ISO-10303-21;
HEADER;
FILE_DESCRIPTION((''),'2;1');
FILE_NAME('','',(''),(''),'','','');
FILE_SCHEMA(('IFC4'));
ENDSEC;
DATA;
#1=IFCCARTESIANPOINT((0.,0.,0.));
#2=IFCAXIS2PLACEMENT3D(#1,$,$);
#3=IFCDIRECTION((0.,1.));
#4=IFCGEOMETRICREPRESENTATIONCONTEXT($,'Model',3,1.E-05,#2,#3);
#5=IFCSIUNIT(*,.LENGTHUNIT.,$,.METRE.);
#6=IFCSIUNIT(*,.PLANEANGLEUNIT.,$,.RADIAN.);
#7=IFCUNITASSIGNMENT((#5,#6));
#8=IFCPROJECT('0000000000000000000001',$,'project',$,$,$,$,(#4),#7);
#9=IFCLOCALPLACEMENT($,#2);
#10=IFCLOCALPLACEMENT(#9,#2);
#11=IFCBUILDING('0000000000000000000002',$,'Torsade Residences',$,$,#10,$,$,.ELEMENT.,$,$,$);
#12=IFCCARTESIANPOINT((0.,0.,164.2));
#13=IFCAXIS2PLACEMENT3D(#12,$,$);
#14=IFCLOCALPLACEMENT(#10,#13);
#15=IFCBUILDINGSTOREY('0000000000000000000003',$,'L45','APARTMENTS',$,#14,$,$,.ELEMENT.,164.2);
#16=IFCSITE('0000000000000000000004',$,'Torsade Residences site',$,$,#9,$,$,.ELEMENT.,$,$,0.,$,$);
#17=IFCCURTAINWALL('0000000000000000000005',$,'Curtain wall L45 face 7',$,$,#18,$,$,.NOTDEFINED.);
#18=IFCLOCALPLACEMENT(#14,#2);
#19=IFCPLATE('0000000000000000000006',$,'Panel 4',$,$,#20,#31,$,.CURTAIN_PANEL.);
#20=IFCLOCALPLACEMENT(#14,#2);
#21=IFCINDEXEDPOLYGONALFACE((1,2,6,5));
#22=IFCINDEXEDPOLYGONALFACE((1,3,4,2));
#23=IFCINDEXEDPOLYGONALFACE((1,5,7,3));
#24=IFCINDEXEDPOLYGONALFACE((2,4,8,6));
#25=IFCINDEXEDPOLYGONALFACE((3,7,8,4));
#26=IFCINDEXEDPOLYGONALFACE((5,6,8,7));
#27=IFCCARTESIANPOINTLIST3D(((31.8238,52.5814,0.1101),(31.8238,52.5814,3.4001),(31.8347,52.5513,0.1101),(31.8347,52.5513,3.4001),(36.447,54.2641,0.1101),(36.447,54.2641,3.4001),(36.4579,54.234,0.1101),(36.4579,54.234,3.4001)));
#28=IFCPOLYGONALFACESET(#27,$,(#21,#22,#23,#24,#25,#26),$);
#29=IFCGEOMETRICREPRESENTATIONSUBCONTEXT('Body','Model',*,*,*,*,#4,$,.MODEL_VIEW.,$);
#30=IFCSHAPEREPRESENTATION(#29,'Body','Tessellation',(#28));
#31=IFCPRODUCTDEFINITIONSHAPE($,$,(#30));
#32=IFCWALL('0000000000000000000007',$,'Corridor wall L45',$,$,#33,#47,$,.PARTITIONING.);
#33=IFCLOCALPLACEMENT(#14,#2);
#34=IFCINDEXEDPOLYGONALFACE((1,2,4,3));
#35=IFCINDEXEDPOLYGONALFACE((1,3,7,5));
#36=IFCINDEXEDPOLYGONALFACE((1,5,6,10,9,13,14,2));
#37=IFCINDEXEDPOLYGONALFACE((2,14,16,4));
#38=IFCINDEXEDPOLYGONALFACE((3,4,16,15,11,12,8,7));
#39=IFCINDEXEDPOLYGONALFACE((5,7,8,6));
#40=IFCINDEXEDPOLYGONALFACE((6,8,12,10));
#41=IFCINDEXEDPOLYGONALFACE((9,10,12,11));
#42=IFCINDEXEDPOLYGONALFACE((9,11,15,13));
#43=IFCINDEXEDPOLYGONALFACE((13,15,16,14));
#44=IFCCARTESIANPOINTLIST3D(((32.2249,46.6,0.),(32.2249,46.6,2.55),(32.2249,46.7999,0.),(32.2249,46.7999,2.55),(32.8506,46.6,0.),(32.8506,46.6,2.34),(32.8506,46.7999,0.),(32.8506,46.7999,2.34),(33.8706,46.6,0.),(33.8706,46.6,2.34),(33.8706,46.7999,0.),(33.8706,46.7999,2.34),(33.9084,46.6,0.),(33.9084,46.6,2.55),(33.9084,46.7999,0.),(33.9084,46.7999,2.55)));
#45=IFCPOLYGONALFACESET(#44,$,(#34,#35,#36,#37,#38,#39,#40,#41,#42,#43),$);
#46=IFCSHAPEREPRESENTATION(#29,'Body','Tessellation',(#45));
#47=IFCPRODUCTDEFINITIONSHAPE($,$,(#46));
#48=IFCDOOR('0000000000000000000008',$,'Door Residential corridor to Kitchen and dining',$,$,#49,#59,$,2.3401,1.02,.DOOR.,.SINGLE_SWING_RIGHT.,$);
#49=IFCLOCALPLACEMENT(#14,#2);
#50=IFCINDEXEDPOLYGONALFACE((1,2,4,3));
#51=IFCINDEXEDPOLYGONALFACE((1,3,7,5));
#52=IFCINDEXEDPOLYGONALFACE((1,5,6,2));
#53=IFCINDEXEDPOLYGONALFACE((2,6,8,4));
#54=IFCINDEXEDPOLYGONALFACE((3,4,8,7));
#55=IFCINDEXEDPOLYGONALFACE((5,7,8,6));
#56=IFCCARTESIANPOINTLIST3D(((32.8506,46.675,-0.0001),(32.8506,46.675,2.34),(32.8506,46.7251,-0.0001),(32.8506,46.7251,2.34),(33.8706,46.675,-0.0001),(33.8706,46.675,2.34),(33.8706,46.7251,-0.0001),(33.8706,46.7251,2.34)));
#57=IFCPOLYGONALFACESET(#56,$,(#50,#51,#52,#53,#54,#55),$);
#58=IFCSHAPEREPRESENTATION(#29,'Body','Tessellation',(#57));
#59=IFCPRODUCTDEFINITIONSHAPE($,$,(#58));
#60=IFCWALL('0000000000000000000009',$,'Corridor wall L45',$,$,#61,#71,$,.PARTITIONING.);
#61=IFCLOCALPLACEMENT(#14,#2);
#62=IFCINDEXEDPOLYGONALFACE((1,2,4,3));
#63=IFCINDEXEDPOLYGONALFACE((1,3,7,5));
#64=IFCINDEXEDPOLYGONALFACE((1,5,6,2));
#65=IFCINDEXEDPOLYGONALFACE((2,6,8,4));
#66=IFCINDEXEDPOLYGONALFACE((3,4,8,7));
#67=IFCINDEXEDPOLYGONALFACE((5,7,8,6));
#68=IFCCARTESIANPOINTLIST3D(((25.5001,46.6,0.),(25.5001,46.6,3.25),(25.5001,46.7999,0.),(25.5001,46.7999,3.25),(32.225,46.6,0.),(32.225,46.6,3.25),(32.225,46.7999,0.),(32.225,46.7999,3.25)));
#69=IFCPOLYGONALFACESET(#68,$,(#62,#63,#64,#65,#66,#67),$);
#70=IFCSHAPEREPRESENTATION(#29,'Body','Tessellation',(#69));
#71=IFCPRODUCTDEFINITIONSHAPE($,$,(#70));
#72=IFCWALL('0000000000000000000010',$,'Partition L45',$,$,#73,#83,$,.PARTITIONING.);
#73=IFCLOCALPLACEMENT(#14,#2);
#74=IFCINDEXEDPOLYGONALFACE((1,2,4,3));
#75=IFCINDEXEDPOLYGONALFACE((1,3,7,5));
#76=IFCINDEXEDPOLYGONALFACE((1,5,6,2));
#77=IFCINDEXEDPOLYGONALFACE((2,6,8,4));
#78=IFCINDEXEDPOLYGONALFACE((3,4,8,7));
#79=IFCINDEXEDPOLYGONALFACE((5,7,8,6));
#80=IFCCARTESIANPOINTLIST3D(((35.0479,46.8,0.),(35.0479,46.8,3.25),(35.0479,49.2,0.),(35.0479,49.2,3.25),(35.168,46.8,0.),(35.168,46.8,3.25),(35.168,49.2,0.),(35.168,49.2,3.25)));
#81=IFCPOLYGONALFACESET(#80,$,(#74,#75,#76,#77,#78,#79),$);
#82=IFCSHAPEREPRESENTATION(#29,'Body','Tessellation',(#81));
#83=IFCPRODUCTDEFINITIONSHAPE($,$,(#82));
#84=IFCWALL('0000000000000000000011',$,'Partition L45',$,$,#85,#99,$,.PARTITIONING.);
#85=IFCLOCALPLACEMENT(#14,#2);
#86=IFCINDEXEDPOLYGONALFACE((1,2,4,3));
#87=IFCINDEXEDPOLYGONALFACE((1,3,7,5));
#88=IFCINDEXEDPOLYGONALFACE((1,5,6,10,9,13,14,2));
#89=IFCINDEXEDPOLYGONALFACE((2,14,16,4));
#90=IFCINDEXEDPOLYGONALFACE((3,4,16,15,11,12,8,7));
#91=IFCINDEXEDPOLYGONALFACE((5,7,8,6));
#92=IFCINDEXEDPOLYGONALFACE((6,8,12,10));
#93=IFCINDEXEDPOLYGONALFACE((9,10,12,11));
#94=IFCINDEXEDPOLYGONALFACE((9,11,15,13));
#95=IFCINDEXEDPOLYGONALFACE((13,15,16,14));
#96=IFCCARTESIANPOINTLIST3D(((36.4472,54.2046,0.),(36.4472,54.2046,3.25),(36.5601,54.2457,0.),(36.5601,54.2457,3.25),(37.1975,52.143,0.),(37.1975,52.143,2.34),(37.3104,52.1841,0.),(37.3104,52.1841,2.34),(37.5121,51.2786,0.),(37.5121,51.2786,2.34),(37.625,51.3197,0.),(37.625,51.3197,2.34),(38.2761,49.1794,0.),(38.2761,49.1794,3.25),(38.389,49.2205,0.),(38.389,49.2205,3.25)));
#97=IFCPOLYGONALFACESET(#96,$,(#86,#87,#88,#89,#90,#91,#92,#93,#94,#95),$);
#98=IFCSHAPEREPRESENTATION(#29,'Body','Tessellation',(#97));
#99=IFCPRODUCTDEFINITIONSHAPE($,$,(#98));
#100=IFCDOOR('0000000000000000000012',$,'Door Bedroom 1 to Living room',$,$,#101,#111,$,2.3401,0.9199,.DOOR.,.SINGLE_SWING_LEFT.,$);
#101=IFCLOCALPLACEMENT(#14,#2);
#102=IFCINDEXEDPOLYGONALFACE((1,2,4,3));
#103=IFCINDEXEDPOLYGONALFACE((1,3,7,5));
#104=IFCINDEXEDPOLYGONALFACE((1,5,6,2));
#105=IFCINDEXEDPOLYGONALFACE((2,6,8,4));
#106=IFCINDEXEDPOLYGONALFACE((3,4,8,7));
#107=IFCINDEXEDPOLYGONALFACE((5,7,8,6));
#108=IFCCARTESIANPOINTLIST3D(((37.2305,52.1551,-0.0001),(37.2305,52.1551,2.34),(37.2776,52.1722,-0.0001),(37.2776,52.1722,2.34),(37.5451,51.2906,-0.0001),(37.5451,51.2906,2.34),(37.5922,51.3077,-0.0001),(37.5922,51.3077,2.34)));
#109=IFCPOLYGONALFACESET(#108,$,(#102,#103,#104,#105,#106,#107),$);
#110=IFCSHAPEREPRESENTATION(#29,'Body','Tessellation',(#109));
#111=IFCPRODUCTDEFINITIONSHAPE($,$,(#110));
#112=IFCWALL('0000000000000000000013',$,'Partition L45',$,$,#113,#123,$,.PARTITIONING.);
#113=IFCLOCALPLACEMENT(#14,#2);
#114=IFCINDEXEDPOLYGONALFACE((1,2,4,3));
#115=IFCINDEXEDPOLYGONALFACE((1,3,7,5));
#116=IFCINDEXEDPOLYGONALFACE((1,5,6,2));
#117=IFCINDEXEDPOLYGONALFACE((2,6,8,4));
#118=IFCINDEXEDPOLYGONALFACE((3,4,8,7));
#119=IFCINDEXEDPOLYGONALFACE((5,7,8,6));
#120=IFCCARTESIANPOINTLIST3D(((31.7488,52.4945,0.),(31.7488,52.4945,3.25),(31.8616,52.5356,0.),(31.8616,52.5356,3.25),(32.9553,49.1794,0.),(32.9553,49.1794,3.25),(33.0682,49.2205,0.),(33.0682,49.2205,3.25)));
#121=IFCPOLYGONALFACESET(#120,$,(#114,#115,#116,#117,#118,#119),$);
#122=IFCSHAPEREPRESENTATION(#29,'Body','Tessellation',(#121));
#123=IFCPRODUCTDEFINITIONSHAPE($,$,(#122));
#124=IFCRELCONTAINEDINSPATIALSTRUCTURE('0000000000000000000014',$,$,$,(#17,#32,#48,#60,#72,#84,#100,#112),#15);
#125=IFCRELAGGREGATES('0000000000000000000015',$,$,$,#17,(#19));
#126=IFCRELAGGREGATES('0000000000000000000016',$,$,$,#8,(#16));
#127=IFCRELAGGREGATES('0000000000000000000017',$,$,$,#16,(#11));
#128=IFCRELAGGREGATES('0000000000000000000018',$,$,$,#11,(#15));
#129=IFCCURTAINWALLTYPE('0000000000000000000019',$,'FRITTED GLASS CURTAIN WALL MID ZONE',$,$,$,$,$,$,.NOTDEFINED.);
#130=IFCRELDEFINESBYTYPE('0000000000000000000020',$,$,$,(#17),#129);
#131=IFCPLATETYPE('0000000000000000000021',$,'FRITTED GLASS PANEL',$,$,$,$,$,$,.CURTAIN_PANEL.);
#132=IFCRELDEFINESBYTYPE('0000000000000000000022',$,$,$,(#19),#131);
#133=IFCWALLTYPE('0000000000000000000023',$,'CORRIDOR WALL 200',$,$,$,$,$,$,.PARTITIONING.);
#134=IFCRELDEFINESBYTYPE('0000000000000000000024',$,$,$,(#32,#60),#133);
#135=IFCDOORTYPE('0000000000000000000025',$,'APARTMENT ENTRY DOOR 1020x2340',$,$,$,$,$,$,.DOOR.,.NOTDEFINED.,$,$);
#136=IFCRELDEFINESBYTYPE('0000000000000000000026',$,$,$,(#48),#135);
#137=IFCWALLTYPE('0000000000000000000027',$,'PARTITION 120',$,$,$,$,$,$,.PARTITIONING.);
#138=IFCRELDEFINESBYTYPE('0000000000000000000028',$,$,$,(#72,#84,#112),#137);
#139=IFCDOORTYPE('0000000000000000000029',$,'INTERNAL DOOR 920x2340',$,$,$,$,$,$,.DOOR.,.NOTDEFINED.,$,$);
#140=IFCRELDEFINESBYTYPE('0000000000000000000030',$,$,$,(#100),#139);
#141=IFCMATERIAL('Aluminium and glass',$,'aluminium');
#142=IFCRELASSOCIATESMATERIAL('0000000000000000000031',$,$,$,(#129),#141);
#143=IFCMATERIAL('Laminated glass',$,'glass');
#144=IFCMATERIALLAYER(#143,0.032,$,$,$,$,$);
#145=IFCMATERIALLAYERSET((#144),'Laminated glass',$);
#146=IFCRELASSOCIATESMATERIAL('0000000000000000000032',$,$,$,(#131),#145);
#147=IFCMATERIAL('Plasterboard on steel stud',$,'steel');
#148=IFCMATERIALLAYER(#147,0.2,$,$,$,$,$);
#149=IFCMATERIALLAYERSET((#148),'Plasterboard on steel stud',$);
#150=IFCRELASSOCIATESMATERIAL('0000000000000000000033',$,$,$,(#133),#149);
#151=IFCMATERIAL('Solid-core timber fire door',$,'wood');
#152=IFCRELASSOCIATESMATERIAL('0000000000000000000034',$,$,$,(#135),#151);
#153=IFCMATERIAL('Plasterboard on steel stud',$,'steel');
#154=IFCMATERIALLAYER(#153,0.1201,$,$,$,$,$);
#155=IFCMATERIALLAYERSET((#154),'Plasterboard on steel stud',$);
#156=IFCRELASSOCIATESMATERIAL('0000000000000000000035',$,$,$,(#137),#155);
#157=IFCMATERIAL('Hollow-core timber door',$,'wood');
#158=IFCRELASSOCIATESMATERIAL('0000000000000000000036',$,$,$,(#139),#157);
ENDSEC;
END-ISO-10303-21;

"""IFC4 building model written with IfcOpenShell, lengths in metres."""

from ifc_helpers import new_model, si_unit, direction, frame, frame_2d, origin, origin_2d, place, context, subcontext, project, spatial, rectangle, extrude, material, layer, layer_set, type_object, element, fill, aggregate, save


model = new_model("IFC4")

# Units and contexts
model_context = context("Model", 3, precision=1e-05, world=origin(), true_north=direction((0.0, 1.0)))
body_context = subcontext(model_context, "Body", "Model", "MODEL_VIEW")
ifc_project = project(units=[si_unit("LENGTHUNIT", "METRE"), si_unit("PLANEANGLEUNIT", "RADIAN")], contexts=[model_context])

# Site, building, storey
site_placement = place(None, origin())
site = spatial("IfcSite", under=ifc_project, at=site_placement, Name="Torsade Residences site", CompositionType="ELEMENT", RefElevation=0.0)
building_placement = place(site_placement, origin())
building = spatial("IfcBuilding", under=site, at=building_placement, Name="Torsade Residences", CompositionType="ELEMENT")
storey_placement = place(building_placement, frame((0.0, 0.0, 164.2)))
storey = spatial("IfcBuildingStorey", under=building, at=storey_placement, Name="L45", Description="APARTMENTS", CompositionType="ELEMENT", Elevation=164.2)

# Curtain wall
ifc_material_1 = material(Name="Aluminium and glass", Category="aluminium")
curtain_wall_type = type_object("IfcCurtainWallType", Name="FRITTED GLASS CURTAIN WALL MID ZONE", PredefinedType="NOTDEFINED", material=ifc_material_1)
curtain_wall_placement = place(storey_placement, origin())
curtain_wall = element("IfcCurtainWall", 1, at=curtain_wall_placement, inside=storey, type_object=curtain_wall_type, Name="Curtain wall L45 face 7", PredefinedType="NOTDEFINED")

# Plate
ifc_material_2 = material(Name="Laminated glass", Category="glass")
ifc_layer_1 = layer(ifc_material_2, 0.032)
ifc_layer_set_1 = layer_set([ifc_layer_1], Name="Laminated glass")
plate_type = type_object("IfcPlateType", Name="FRITTED GLASS PANEL", PredefinedType="CURTAIN_PANEL", material=ifc_layer_set_1)
plate_1_placement = place(storey_placement, frame((34.1409, 53.4077, 0.1101), z_axis=(0.0, 0.0, 1.0), x_axis=(-0.939693, -0.34202, 0.0)))
plate_1 = element("IfcPlate", 2, at=plate_1_placement, type_object=plate_type, Name="Panel 4", PredefinedType="CURTAIN_PANEL", context=body_context, shape_type="SweptSolid", body=[
    extrude(rectangle(XDim=4.9199, YDim=0.032, at=origin_2d()), origin(), (0.0, 0.0, 1.0), 3.29),
])
aggregate(curtain_wall, [plate_1])

# Wall, opening, door
ifc_material_3 = material(Name="Plasterboard on steel stud", Category="steel")
ifc_layer_2 = layer(ifc_material_3, 0.2)
ifc_layer_set_2 = layer_set([ifc_layer_2], Name="Plasterboard on steel stud")
wall_type_1 = type_object("IfcWallType", Name="CORRIDOR WALL 200", PredefinedType="PARTITIONING", material=ifc_layer_set_2)
wall_1_placement = place(storey_placement, frame((33.9084, 46.7, 0.0), z_axis=(0.0, 0.0, 1.0), x_axis=(-1.0, 0.0, 0.0)))
wall_1 = element("IfcWall", 3, at=wall_1_placement, inside=storey, type_object=wall_type_1, Name="Corridor wall L45", PredefinedType="PARTITIONING", context=body_context, shape_type="SweptSolid", body=[
    extrude(rectangle(XDim=1.6836, YDim=0.2, at=frame_2d((0.8418, 0.0))), origin(), (0.0, 0.0, 1.0), 2.55),
])
opening_1_placement = place(wall_1_placement, frame((0.0378, 0.0, 0.0)))
opening_1 = element("IfcOpeningElement", 4, at=opening_1_placement, cuts=wall_1, PredefinedType="OPENING", context=body_context, shape_type="SweptSolid", body=[
    extrude(rectangle(XDim=1.02, YDim=2.3401, at=frame_2d((0.51, 1.1699))), frame((0.0, 0.1099, 0.0), z_axis=(0.0, -1.0, 0.0), x_axis=(1.0, 0.0, 0.0)), (0.0, 0.0, 1.0), 0.22),
])
ifc_material_4 = material(Name="Solid-core timber fire door", Category="wood")
door_type_1 = type_object("IfcDoorType", Name="APARTMENT ENTRY DOOR 1020x2340", OperationType="NOTDEFINED", PredefinedType="DOOR", material=ifc_material_4)
door_1_placement = place(opening_1_placement, origin())
door_1 = element("IfcDoor", 5, at=door_1_placement, inside=storey, type_object=door_type_1, Name="Door Residential corridor to Kitchen and dining", OperationType="SINGLE_SWING_RIGHT", OverallHeight=2.3401, OverallWidth=1.02, PredefinedType="DOOR", context=body_context, shape_type="SweptSolid", body=[
    extrude(rectangle(XDim=1.02, YDim=2.3401, at=frame_2d((0.51, 1.1699))), frame((0.0, 0.0249, 0.0), z_axis=(0.0, -1.0, 0.0), x_axis=(1.0, 0.0, 0.0)), (0.0, 0.0, 1.0), 0.05),
])
fill(opening_1, door_1)

# Walls
wall_2_placement = place(storey_placement, frame((32.2249, 46.7, 0.0), z_axis=(0.0, 0.0, 1.0), x_axis=(-1.0, 0.0, 0.0)))
element("IfcWall", 6, at=wall_2_placement, inside=storey, type_object=wall_type_1, Name="Corridor wall L45", PredefinedType="PARTITIONING", context=body_context, shape_type="SweptSolid", body=[
    extrude(rectangle(XDim=6.7249, YDim=0.2, at=frame_2d((3.3623, 0.0))), origin(), (0.0, 0.0, 1.0), 3.25),
])
ifc_material_5 = material(Name="Plasterboard on steel stud", Category="steel")
ifc_layer_3 = layer(ifc_material_5, 0.1201)
ifc_layer_set_3 = layer_set([ifc_layer_3], Name="Plasterboard on steel stud")
wall_type_2 = type_object("IfcWallType", Name="PARTITION 120", PredefinedType="PARTITIONING", material=ifc_layer_set_3)
wall_3_placement = place(storey_placement, frame((35.1079, 49.2, 0.0), z_axis=(0.0, 0.0, 1.0), x_axis=(0.0, -1.0, 0.0)))
element("IfcWall", 7, at=wall_3_placement, inside=storey, type_object=wall_type_2, Name="Partition L45", PredefinedType="PARTITIONING", context=body_context, shape_type="SweptSolid", body=[
    extrude(rectangle(XDim=2.3999, YDim=0.1201, at=frame_2d((1.2, 0.0))), origin(), (0.0, 0.0, 1.0), 3.25),
])

# Wall, opening, door
wall_4_placement = place(storey_placement, frame((38.3325, 49.2, 0.0), z_axis=(0.0, 0.0, 1.0), x_axis=(-0.341996, 0.939701, 0.0)))
wall_4 = element("IfcWall", 8, at=wall_4_placement, inside=storey, type_object=wall_type_2, Name="Partition L45", PredefinedType="PARTITIONING", context=body_context, shape_type="SweptSolid", body=[
    extrude(rectangle(XDim=5.3477, YDim=0.1201, at=frame_2d((2.6738, 0.0))), origin(), (0.0, 0.0, 1.0), 3.25),
])
opening_2_placement = place(wall_4_placement, frame((2.2339, 0.0, 0.0)))
opening_2 = element("IfcOpeningElement", 9, at=opening_2_placement, cuts=wall_4, PredefinedType="OPENING", context=body_context, shape_type="SweptSolid", body=[
    extrude(rectangle(XDim=0.9199, YDim=2.3401, at=frame_2d((0.46, 1.1699))), frame((0.0, 0.0701, 0.0), z_axis=(0.0, -1.0, 0.0), x_axis=(1.0, 0.0, 0.0)), (0.0, 0.0, 1.0), 0.1401),
])
ifc_material_6 = material(Name="Hollow-core timber door", Category="wood")
door_type_2 = type_object("IfcDoorType", Name="INTERNAL DOOR 920x2340", OperationType="NOTDEFINED", PredefinedType="DOOR", material=ifc_material_6)
door_2_placement = place(opening_2_placement, origin())
door_2 = element("IfcDoor", 10, at=door_2_placement, inside=storey, type_object=door_type_2, Name="Door Bedroom 1 to Living room", OperationType="SINGLE_SWING_LEFT", OverallHeight=2.3401, OverallWidth=0.9199, PredefinedType="DOOR", context=body_context, shape_type="SweptSolid", body=[
    extrude(rectangle(XDim=0.9199, YDim=2.3401, at=frame_2d((0.46, 1.1699))), frame((0.0, 0.0249, 0.0), z_axis=(0.0, -1.0, 0.0), x_axis=(1.0, 0.0, 0.0)), (0.0, 0.0, 1.0), 0.05),
])
fill(opening_2, door_2)

# Wall
wall_5_placement = place(storey_placement, frame((33.0117, 49.2, 0.0), z_axis=(0.0, 0.0, 1.0), x_axis=(-0.341999, 0.9397, 0.0)))
element("IfcWall", 11, at=wall_5_placement, inside=storey, type_object=wall_type_2, Name="Partition L45", PredefinedType="PARTITIONING", context=body_context, shape_type="SweptSolid", body=[
    extrude(rectangle(XDim=3.5278, YDim=0.1201, at=frame_2d((1.7639, 0.0))), origin(), (0.0, 0.0, 1.0), 3.25),
])

save(model, "model.ifc")
